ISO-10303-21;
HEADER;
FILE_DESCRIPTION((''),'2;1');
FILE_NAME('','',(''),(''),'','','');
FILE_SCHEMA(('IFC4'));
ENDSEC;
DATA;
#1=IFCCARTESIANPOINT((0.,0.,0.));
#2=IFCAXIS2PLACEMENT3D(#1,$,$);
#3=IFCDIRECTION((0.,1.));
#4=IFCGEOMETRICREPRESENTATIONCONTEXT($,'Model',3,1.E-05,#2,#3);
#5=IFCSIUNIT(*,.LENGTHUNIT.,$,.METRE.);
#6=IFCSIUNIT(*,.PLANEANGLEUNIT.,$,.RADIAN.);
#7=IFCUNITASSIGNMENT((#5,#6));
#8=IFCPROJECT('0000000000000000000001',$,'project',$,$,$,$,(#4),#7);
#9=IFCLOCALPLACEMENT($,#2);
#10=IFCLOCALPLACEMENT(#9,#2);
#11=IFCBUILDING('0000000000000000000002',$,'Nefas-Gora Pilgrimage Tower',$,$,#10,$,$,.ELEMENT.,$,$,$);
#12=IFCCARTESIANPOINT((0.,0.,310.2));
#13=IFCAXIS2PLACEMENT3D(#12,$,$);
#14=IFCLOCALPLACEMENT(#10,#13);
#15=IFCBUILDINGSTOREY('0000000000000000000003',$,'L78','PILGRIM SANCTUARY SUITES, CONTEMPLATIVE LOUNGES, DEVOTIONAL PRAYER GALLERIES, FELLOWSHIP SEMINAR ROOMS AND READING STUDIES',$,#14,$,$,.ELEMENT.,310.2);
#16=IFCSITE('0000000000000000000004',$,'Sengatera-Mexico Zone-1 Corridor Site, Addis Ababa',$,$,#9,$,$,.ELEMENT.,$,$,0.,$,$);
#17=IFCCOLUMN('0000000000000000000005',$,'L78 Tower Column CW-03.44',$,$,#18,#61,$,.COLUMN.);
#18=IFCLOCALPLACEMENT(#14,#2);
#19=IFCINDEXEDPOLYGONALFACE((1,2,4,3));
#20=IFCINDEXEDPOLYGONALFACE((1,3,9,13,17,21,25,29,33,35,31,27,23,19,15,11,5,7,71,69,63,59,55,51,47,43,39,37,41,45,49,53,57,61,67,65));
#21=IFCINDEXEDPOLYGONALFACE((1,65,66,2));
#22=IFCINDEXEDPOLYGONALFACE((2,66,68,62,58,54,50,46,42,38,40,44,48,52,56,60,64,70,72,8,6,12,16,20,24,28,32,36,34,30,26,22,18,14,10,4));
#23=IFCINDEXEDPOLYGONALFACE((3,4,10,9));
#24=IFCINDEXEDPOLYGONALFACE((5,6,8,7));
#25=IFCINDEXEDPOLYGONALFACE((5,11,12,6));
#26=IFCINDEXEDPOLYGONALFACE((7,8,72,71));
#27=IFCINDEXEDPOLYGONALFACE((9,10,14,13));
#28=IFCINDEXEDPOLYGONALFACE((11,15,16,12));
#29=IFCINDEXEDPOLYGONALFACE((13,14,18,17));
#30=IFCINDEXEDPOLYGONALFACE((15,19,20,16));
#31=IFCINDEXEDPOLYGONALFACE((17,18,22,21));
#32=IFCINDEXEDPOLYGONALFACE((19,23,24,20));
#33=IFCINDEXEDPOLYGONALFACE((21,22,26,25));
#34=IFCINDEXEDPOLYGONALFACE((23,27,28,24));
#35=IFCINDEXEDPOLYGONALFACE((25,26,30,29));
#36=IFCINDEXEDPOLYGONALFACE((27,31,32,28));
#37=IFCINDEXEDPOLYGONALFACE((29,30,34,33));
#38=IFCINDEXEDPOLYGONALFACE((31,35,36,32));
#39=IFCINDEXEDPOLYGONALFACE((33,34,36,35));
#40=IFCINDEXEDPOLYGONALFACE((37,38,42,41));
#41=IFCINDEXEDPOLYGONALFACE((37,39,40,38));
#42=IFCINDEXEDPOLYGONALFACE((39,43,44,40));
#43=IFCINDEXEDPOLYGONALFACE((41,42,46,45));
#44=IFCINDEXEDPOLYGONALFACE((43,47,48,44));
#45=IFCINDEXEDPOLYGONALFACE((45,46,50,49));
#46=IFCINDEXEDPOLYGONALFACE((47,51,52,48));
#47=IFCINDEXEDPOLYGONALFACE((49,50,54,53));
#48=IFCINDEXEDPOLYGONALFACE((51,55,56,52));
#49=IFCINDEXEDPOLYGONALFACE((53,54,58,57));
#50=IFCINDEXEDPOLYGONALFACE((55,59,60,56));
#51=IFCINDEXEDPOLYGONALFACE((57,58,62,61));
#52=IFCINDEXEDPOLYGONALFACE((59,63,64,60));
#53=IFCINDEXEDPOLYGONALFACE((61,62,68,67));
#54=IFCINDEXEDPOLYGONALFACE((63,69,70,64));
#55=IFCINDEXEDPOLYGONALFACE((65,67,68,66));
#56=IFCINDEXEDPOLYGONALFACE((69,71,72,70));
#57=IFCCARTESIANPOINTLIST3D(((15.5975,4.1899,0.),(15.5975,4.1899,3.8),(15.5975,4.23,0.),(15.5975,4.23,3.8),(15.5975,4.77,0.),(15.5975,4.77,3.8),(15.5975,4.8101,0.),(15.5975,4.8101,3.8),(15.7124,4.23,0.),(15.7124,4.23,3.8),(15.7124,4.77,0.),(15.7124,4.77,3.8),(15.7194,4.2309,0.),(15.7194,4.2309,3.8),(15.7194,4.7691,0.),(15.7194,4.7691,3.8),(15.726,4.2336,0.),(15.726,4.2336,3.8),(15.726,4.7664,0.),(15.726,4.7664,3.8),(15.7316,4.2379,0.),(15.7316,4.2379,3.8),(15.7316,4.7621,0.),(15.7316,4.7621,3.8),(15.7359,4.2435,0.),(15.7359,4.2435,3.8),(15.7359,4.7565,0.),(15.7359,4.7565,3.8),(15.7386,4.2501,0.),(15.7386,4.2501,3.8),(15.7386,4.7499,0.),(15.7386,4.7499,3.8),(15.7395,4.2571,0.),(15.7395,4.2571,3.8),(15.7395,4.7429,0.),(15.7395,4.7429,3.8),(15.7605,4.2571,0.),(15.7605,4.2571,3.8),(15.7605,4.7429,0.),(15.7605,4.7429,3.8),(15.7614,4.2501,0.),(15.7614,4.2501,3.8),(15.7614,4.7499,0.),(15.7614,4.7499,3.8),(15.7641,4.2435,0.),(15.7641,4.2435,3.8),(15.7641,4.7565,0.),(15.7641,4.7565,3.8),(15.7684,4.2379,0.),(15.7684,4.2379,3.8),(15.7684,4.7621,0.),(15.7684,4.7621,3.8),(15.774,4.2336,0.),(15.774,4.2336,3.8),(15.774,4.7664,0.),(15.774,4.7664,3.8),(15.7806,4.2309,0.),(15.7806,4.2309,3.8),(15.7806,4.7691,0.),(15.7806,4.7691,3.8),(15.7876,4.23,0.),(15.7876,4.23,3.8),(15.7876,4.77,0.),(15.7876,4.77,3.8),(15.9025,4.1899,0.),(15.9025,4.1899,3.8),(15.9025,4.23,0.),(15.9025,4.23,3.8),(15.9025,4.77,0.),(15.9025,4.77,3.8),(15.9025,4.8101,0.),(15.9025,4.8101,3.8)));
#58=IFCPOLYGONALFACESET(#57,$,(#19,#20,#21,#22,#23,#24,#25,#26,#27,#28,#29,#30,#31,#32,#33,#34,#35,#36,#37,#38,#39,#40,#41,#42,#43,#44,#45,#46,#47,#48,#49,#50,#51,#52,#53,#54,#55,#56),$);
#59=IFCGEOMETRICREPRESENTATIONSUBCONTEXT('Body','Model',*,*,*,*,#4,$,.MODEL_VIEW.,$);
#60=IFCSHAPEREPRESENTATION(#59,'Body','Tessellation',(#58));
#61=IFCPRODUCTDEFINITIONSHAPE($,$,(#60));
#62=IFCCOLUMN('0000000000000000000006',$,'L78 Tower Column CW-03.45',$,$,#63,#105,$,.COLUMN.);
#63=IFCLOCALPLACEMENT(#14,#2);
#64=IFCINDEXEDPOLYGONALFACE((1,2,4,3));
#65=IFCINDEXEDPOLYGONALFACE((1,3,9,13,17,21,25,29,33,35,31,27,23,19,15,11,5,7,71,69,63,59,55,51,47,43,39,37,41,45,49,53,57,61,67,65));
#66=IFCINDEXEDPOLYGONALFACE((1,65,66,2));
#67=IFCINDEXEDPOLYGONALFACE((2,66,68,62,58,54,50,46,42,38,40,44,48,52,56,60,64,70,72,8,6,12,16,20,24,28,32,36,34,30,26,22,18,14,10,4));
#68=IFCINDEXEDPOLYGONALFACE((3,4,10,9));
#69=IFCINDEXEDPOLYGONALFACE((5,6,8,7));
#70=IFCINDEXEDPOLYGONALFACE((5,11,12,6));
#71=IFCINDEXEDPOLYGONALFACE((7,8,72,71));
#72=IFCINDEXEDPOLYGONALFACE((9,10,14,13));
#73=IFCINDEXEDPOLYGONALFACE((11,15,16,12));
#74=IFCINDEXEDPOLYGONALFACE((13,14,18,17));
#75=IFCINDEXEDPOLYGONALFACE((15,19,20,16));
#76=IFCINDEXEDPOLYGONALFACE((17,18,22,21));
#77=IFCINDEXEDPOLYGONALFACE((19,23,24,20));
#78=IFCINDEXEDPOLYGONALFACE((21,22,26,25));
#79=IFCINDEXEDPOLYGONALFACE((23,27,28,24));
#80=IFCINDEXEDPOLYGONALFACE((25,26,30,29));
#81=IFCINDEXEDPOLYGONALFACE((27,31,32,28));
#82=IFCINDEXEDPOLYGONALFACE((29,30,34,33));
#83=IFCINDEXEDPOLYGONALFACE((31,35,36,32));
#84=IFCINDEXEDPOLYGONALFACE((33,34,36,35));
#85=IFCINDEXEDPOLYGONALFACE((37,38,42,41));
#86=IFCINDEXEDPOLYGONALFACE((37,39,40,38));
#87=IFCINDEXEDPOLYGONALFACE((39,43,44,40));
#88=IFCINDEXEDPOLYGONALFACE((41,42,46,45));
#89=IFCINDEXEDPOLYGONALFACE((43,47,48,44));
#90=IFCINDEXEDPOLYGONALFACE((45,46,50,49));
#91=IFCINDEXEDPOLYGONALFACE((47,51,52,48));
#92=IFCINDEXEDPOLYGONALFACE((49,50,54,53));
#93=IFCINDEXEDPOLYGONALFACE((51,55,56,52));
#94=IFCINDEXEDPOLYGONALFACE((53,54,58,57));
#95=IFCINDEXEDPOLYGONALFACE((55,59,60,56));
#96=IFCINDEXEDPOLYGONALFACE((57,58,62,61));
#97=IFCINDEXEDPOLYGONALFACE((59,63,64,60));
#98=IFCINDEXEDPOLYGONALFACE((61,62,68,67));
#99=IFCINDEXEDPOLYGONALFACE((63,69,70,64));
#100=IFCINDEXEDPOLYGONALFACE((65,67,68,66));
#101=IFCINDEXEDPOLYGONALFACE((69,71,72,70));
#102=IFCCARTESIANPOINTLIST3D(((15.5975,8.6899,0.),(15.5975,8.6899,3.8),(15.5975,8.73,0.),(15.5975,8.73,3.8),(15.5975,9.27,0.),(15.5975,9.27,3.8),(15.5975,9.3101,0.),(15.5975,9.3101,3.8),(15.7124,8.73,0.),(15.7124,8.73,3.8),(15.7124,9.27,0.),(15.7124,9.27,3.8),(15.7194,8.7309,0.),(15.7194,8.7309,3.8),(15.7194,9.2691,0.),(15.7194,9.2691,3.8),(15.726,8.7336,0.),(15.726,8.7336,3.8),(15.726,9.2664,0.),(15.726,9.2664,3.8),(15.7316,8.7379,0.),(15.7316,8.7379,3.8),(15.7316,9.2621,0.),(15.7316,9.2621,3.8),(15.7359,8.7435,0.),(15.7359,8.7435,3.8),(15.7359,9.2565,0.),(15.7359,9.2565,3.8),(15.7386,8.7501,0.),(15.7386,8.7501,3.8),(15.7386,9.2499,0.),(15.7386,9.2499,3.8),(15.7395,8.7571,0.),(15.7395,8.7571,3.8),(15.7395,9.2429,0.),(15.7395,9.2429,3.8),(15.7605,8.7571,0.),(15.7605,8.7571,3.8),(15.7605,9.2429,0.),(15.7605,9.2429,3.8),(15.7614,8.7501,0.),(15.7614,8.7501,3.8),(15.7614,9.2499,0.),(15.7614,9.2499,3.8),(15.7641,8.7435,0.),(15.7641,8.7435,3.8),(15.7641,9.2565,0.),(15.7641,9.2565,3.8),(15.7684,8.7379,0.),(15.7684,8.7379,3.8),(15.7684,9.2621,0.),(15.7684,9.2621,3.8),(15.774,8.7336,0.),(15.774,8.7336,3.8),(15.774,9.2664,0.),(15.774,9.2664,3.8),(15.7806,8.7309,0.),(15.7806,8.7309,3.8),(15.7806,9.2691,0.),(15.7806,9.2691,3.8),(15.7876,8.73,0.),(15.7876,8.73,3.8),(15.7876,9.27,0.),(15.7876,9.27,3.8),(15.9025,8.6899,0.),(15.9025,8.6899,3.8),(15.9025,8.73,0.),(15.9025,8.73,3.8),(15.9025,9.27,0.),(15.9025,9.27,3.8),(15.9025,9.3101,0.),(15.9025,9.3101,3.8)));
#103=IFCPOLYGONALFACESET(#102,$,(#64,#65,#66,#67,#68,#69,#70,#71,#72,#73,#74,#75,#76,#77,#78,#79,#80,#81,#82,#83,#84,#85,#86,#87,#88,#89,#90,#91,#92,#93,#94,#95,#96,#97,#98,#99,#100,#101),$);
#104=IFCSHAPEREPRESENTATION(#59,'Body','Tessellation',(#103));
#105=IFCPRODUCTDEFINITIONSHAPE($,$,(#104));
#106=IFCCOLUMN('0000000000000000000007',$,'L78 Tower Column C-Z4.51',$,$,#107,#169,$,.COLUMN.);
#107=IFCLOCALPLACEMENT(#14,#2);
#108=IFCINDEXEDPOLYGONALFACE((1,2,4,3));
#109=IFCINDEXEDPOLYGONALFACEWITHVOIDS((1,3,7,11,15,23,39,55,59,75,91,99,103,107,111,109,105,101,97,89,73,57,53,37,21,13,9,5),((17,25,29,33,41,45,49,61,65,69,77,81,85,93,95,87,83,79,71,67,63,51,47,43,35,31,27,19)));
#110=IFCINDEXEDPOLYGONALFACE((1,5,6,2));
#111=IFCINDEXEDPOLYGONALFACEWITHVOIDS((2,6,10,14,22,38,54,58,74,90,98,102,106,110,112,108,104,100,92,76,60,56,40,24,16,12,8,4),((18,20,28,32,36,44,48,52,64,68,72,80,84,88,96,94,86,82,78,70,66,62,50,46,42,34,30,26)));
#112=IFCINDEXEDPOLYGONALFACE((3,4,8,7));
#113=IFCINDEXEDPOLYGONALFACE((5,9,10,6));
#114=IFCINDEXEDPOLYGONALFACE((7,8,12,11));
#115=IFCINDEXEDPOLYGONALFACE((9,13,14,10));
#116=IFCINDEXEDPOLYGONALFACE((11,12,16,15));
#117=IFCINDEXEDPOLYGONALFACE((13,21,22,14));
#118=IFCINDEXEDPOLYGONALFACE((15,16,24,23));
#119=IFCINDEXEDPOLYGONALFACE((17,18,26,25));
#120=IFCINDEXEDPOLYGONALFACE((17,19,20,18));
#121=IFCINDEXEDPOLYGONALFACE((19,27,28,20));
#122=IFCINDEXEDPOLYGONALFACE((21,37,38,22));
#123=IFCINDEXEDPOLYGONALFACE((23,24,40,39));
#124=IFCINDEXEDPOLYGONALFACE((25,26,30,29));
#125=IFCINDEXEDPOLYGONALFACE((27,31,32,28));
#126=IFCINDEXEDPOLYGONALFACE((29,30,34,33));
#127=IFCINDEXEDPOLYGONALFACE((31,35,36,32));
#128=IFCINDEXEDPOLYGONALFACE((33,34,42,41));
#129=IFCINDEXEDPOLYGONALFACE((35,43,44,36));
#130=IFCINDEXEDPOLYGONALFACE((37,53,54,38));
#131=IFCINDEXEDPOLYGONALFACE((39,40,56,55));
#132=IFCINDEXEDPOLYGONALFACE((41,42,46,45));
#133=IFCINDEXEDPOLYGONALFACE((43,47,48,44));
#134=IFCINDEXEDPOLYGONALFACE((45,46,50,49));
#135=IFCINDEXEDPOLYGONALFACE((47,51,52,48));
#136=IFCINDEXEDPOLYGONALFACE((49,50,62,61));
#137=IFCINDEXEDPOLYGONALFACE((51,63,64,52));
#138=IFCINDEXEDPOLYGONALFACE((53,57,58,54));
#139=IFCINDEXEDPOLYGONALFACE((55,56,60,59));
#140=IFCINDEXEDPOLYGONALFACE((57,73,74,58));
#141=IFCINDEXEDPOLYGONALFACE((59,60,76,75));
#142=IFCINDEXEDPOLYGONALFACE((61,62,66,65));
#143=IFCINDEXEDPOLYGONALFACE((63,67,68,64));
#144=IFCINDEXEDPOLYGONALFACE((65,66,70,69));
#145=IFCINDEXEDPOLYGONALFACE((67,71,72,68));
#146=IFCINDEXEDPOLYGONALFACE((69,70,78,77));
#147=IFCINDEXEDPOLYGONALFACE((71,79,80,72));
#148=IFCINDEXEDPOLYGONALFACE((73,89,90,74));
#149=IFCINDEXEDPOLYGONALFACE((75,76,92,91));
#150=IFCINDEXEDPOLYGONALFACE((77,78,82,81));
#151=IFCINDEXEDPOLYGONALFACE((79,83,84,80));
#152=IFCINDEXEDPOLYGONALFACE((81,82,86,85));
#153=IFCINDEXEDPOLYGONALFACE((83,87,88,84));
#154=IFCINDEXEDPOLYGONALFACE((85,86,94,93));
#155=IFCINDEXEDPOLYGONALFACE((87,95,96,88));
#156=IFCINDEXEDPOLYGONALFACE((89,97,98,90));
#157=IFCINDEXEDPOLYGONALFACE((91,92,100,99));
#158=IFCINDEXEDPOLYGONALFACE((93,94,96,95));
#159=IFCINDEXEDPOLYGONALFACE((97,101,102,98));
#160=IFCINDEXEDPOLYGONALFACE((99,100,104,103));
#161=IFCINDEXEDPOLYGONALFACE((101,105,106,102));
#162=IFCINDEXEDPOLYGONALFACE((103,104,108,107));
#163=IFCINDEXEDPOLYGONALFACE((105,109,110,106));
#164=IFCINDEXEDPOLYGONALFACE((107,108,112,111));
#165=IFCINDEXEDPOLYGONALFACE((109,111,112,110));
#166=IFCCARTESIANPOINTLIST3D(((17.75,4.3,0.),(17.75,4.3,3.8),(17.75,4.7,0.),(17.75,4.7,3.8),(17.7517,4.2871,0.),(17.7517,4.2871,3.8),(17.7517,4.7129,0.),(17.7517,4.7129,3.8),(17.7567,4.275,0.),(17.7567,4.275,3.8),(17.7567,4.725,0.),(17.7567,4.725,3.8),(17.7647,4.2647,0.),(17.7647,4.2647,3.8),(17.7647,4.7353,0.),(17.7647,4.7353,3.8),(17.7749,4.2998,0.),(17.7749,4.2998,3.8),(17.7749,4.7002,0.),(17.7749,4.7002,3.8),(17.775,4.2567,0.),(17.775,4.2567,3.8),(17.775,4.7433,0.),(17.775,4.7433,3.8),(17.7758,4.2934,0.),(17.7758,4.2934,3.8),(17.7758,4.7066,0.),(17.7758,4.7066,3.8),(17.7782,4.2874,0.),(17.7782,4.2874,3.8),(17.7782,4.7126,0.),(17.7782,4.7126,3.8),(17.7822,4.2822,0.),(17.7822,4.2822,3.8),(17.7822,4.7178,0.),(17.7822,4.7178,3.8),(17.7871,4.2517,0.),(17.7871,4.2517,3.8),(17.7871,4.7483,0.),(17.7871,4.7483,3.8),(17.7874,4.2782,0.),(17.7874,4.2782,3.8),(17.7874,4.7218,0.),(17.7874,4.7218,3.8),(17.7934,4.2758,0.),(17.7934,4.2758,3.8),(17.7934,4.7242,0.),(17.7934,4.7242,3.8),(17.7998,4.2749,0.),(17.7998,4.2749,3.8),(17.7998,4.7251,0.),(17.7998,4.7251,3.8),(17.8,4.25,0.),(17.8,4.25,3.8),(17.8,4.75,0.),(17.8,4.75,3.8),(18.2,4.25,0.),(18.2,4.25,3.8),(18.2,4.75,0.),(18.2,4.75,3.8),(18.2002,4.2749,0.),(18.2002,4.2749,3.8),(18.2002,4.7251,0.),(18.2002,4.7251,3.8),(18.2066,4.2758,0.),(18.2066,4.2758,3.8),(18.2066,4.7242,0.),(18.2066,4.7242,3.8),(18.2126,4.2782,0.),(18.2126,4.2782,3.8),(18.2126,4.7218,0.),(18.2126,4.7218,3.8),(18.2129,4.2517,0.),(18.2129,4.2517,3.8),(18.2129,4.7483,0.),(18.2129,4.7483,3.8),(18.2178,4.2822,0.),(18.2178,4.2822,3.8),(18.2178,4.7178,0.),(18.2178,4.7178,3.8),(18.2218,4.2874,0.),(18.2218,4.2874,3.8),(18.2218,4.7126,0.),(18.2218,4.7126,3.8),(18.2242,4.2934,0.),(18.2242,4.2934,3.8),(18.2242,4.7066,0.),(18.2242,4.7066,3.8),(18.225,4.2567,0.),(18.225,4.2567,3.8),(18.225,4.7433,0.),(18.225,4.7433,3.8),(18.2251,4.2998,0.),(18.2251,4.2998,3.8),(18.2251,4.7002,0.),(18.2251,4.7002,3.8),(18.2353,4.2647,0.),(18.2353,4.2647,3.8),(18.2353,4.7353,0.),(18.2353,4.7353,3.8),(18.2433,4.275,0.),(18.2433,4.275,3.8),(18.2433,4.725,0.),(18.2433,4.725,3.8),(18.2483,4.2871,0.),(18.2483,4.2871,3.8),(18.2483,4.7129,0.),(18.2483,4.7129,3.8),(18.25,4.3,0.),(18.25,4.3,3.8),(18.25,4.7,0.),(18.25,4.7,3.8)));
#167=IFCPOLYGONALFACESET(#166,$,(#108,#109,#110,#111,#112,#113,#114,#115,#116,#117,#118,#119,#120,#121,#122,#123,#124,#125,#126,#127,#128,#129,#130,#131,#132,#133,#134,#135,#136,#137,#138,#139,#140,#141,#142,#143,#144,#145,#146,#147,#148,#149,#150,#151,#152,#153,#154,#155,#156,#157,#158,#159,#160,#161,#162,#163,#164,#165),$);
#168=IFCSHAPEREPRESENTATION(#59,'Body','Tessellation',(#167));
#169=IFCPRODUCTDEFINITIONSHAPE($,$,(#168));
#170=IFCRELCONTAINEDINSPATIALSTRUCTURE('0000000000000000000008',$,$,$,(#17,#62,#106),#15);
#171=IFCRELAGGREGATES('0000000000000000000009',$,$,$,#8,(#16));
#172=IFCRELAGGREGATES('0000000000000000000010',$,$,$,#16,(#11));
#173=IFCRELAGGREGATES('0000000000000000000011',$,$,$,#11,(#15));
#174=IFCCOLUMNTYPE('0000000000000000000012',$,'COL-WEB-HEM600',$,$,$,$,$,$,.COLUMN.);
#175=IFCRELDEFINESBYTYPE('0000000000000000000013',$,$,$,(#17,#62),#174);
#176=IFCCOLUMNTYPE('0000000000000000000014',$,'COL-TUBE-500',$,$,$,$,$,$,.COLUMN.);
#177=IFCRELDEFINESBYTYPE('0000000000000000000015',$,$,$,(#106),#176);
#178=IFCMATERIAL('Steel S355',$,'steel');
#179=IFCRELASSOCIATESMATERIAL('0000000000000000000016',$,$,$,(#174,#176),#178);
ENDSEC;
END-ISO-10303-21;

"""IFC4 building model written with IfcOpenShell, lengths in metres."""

from ifc_helpers import new_model, si_unit, direction, frame, origin, origin_2d, place, context, subcontext, project, spatial, hollow_rectangle, i_section, extrude, source, transform, mapped, material, material_profile, profile_set, type_object, element, save


model = new_model("IFC4")

# Units and contexts
model_context = context("Model", 3, precision=1e-05, world=origin(), true_north=direction((0.0, 1.0)))
body_context = subcontext(model_context, "Body", "Model", "MODEL_VIEW")
ifc_project = project(units=[si_unit("LENGTHUNIT", "METRE"), si_unit("PLANEANGLEUNIT", "RADIAN")], contexts=[model_context])

# Site, building, storey
site_placement = place(None, origin())
site = spatial("IfcSite", under=ifc_project, at=site_placement, Name="Sengatera-Mexico Zone-1 Corridor Site, Addis Ababa", CompositionType="ELEMENT", RefElevation=0.0)
building_placement = place(site_placement, origin())
building = spatial("IfcBuilding", under=site, at=building_placement, Name="Nefas-Gora Pilgrimage Tower", CompositionType="ELEMENT")
storey_placement = place(building_placement, frame((0.0, 0.0, 310.2)))
storey = spatial("IfcBuildingStorey", under=building, at=storey_placement, Name="L78", Description="PILGRIM SANCTUARY SUITES, CONTEMPLATIVE LOUNGES, DEVOTIONAL PRAYER GALLERIES, FELLOWSHIP SEMINAR ROOMS AND READING STUDIES", CompositionType="ELEMENT", Elevation=310.2)

# Columns
ifc_material_1 = material(Name="Steel S355", Category="steel")
ifc_material_profile_1 = material_profile(ifc_material_1, i_section(OverallWidth=0.3049, OverallDepth=0.6201, WebThickness=0.021, FlangeThickness=0.04, FilletRadius=0.0271, at=origin_2d()), Name="HEM 600")
ifc_profile_set_1 = profile_set([ifc_material_profile_1], Name="Steel S355")
column_type_1 = type_object("IfcColumnType", Name="COL-WEB-HEM600", PredefinedType="COLUMN", material=ifc_profile_set_1)
shared_shape_1 = source(origin(), body_context, "Body", "SweptSolid", [
    extrude(i_section(OverallWidth=0.3049, OverallDepth=0.6201, WebThickness=0.021, FlangeThickness=0.04, FilletRadius=0.0271, at=origin_2d()), origin(), (0.0, 0.0, 1.0), 3.8),
])
for number, where, z_axis, x_axis, name in (
    (1, (15.75, 4.5, 0.0), (0.0, 0.0, 1.0), (1.0, 0.0, 0.0), "L78 Tower Column CW-03.44"),
    (2, (15.75, 9.0, 0.0), (0.0, 0.0, 1.0), (1.0, 0.0, 0.0), "L78 Tower Column CW-03.45"),
):
    element("IfcColumn", number, at=place(storey_placement, frame(where, z_axis=z_axis, x_axis=x_axis)), inside=storey, type_object=column_type_1, Name=name, PredefinedType="COLUMN", context=body_context, shape_type="MappedRepresentation", body=[
        mapped(shared_shape_1, transform((0.0, 0.0, 0.0), x_axis=(1.0, 0.0, 0.0), y_axis=(0.0, 1.0, 0.0), z_axis=(0.0, 0.0, 1.0), scale=1.0)),
    ])
ifc_material_profile_2 = material_profile(ifc_material_1, hollow_rectangle(XDim=0.5, YDim=0.5, WallThickness=0.0249, InnerFilletRadius=0.0249, OuterFilletRadius=0.05, at=origin_2d()), Name="SHS 500x500x25")
ifc_profile_set_2 = profile_set([ifc_material_profile_2], Name="Steel S355")
column_type_2 = type_object("IfcColumnType", Name="COL-TUBE-500", PredefinedType="COLUMN", material=ifc_profile_set_2)
shared_shape_2 = source(origin(), body_context, "Body", "SweptSolid", [
    extrude(hollow_rectangle(XDim=0.5, YDim=0.5, WallThickness=0.0249, InnerFilletRadius=0.0249, OuterFilletRadius=0.05, at=origin_2d()), origin(), (0.0, 0.0, 1.0), 3.8),
])
for number, where, z_axis, x_axis, name in (
    (3, (18.0, 4.5, 0.0), (0.0, 0.0, 1.0), (1.0, 0.0, 0.0), "L78 Tower Column C-Z4.51"),
):
    element("IfcColumn", number, at=place(storey_placement, frame(where, z_axis=z_axis, x_axis=x_axis)), inside=storey, type_object=column_type_2, Name=name, PredefinedType="COLUMN", context=body_context, shape_type="MappedRepresentation", body=[
        mapped(shared_shape_2, transform((0.0, 0.0, 0.0), x_axis=(1.0, 0.0, 0.0), y_axis=(0.0, 1.0, 0.0), z_axis=(0.0, 0.0, 1.0), scale=1.0)),
    ])

save(model, "model.ifc")
